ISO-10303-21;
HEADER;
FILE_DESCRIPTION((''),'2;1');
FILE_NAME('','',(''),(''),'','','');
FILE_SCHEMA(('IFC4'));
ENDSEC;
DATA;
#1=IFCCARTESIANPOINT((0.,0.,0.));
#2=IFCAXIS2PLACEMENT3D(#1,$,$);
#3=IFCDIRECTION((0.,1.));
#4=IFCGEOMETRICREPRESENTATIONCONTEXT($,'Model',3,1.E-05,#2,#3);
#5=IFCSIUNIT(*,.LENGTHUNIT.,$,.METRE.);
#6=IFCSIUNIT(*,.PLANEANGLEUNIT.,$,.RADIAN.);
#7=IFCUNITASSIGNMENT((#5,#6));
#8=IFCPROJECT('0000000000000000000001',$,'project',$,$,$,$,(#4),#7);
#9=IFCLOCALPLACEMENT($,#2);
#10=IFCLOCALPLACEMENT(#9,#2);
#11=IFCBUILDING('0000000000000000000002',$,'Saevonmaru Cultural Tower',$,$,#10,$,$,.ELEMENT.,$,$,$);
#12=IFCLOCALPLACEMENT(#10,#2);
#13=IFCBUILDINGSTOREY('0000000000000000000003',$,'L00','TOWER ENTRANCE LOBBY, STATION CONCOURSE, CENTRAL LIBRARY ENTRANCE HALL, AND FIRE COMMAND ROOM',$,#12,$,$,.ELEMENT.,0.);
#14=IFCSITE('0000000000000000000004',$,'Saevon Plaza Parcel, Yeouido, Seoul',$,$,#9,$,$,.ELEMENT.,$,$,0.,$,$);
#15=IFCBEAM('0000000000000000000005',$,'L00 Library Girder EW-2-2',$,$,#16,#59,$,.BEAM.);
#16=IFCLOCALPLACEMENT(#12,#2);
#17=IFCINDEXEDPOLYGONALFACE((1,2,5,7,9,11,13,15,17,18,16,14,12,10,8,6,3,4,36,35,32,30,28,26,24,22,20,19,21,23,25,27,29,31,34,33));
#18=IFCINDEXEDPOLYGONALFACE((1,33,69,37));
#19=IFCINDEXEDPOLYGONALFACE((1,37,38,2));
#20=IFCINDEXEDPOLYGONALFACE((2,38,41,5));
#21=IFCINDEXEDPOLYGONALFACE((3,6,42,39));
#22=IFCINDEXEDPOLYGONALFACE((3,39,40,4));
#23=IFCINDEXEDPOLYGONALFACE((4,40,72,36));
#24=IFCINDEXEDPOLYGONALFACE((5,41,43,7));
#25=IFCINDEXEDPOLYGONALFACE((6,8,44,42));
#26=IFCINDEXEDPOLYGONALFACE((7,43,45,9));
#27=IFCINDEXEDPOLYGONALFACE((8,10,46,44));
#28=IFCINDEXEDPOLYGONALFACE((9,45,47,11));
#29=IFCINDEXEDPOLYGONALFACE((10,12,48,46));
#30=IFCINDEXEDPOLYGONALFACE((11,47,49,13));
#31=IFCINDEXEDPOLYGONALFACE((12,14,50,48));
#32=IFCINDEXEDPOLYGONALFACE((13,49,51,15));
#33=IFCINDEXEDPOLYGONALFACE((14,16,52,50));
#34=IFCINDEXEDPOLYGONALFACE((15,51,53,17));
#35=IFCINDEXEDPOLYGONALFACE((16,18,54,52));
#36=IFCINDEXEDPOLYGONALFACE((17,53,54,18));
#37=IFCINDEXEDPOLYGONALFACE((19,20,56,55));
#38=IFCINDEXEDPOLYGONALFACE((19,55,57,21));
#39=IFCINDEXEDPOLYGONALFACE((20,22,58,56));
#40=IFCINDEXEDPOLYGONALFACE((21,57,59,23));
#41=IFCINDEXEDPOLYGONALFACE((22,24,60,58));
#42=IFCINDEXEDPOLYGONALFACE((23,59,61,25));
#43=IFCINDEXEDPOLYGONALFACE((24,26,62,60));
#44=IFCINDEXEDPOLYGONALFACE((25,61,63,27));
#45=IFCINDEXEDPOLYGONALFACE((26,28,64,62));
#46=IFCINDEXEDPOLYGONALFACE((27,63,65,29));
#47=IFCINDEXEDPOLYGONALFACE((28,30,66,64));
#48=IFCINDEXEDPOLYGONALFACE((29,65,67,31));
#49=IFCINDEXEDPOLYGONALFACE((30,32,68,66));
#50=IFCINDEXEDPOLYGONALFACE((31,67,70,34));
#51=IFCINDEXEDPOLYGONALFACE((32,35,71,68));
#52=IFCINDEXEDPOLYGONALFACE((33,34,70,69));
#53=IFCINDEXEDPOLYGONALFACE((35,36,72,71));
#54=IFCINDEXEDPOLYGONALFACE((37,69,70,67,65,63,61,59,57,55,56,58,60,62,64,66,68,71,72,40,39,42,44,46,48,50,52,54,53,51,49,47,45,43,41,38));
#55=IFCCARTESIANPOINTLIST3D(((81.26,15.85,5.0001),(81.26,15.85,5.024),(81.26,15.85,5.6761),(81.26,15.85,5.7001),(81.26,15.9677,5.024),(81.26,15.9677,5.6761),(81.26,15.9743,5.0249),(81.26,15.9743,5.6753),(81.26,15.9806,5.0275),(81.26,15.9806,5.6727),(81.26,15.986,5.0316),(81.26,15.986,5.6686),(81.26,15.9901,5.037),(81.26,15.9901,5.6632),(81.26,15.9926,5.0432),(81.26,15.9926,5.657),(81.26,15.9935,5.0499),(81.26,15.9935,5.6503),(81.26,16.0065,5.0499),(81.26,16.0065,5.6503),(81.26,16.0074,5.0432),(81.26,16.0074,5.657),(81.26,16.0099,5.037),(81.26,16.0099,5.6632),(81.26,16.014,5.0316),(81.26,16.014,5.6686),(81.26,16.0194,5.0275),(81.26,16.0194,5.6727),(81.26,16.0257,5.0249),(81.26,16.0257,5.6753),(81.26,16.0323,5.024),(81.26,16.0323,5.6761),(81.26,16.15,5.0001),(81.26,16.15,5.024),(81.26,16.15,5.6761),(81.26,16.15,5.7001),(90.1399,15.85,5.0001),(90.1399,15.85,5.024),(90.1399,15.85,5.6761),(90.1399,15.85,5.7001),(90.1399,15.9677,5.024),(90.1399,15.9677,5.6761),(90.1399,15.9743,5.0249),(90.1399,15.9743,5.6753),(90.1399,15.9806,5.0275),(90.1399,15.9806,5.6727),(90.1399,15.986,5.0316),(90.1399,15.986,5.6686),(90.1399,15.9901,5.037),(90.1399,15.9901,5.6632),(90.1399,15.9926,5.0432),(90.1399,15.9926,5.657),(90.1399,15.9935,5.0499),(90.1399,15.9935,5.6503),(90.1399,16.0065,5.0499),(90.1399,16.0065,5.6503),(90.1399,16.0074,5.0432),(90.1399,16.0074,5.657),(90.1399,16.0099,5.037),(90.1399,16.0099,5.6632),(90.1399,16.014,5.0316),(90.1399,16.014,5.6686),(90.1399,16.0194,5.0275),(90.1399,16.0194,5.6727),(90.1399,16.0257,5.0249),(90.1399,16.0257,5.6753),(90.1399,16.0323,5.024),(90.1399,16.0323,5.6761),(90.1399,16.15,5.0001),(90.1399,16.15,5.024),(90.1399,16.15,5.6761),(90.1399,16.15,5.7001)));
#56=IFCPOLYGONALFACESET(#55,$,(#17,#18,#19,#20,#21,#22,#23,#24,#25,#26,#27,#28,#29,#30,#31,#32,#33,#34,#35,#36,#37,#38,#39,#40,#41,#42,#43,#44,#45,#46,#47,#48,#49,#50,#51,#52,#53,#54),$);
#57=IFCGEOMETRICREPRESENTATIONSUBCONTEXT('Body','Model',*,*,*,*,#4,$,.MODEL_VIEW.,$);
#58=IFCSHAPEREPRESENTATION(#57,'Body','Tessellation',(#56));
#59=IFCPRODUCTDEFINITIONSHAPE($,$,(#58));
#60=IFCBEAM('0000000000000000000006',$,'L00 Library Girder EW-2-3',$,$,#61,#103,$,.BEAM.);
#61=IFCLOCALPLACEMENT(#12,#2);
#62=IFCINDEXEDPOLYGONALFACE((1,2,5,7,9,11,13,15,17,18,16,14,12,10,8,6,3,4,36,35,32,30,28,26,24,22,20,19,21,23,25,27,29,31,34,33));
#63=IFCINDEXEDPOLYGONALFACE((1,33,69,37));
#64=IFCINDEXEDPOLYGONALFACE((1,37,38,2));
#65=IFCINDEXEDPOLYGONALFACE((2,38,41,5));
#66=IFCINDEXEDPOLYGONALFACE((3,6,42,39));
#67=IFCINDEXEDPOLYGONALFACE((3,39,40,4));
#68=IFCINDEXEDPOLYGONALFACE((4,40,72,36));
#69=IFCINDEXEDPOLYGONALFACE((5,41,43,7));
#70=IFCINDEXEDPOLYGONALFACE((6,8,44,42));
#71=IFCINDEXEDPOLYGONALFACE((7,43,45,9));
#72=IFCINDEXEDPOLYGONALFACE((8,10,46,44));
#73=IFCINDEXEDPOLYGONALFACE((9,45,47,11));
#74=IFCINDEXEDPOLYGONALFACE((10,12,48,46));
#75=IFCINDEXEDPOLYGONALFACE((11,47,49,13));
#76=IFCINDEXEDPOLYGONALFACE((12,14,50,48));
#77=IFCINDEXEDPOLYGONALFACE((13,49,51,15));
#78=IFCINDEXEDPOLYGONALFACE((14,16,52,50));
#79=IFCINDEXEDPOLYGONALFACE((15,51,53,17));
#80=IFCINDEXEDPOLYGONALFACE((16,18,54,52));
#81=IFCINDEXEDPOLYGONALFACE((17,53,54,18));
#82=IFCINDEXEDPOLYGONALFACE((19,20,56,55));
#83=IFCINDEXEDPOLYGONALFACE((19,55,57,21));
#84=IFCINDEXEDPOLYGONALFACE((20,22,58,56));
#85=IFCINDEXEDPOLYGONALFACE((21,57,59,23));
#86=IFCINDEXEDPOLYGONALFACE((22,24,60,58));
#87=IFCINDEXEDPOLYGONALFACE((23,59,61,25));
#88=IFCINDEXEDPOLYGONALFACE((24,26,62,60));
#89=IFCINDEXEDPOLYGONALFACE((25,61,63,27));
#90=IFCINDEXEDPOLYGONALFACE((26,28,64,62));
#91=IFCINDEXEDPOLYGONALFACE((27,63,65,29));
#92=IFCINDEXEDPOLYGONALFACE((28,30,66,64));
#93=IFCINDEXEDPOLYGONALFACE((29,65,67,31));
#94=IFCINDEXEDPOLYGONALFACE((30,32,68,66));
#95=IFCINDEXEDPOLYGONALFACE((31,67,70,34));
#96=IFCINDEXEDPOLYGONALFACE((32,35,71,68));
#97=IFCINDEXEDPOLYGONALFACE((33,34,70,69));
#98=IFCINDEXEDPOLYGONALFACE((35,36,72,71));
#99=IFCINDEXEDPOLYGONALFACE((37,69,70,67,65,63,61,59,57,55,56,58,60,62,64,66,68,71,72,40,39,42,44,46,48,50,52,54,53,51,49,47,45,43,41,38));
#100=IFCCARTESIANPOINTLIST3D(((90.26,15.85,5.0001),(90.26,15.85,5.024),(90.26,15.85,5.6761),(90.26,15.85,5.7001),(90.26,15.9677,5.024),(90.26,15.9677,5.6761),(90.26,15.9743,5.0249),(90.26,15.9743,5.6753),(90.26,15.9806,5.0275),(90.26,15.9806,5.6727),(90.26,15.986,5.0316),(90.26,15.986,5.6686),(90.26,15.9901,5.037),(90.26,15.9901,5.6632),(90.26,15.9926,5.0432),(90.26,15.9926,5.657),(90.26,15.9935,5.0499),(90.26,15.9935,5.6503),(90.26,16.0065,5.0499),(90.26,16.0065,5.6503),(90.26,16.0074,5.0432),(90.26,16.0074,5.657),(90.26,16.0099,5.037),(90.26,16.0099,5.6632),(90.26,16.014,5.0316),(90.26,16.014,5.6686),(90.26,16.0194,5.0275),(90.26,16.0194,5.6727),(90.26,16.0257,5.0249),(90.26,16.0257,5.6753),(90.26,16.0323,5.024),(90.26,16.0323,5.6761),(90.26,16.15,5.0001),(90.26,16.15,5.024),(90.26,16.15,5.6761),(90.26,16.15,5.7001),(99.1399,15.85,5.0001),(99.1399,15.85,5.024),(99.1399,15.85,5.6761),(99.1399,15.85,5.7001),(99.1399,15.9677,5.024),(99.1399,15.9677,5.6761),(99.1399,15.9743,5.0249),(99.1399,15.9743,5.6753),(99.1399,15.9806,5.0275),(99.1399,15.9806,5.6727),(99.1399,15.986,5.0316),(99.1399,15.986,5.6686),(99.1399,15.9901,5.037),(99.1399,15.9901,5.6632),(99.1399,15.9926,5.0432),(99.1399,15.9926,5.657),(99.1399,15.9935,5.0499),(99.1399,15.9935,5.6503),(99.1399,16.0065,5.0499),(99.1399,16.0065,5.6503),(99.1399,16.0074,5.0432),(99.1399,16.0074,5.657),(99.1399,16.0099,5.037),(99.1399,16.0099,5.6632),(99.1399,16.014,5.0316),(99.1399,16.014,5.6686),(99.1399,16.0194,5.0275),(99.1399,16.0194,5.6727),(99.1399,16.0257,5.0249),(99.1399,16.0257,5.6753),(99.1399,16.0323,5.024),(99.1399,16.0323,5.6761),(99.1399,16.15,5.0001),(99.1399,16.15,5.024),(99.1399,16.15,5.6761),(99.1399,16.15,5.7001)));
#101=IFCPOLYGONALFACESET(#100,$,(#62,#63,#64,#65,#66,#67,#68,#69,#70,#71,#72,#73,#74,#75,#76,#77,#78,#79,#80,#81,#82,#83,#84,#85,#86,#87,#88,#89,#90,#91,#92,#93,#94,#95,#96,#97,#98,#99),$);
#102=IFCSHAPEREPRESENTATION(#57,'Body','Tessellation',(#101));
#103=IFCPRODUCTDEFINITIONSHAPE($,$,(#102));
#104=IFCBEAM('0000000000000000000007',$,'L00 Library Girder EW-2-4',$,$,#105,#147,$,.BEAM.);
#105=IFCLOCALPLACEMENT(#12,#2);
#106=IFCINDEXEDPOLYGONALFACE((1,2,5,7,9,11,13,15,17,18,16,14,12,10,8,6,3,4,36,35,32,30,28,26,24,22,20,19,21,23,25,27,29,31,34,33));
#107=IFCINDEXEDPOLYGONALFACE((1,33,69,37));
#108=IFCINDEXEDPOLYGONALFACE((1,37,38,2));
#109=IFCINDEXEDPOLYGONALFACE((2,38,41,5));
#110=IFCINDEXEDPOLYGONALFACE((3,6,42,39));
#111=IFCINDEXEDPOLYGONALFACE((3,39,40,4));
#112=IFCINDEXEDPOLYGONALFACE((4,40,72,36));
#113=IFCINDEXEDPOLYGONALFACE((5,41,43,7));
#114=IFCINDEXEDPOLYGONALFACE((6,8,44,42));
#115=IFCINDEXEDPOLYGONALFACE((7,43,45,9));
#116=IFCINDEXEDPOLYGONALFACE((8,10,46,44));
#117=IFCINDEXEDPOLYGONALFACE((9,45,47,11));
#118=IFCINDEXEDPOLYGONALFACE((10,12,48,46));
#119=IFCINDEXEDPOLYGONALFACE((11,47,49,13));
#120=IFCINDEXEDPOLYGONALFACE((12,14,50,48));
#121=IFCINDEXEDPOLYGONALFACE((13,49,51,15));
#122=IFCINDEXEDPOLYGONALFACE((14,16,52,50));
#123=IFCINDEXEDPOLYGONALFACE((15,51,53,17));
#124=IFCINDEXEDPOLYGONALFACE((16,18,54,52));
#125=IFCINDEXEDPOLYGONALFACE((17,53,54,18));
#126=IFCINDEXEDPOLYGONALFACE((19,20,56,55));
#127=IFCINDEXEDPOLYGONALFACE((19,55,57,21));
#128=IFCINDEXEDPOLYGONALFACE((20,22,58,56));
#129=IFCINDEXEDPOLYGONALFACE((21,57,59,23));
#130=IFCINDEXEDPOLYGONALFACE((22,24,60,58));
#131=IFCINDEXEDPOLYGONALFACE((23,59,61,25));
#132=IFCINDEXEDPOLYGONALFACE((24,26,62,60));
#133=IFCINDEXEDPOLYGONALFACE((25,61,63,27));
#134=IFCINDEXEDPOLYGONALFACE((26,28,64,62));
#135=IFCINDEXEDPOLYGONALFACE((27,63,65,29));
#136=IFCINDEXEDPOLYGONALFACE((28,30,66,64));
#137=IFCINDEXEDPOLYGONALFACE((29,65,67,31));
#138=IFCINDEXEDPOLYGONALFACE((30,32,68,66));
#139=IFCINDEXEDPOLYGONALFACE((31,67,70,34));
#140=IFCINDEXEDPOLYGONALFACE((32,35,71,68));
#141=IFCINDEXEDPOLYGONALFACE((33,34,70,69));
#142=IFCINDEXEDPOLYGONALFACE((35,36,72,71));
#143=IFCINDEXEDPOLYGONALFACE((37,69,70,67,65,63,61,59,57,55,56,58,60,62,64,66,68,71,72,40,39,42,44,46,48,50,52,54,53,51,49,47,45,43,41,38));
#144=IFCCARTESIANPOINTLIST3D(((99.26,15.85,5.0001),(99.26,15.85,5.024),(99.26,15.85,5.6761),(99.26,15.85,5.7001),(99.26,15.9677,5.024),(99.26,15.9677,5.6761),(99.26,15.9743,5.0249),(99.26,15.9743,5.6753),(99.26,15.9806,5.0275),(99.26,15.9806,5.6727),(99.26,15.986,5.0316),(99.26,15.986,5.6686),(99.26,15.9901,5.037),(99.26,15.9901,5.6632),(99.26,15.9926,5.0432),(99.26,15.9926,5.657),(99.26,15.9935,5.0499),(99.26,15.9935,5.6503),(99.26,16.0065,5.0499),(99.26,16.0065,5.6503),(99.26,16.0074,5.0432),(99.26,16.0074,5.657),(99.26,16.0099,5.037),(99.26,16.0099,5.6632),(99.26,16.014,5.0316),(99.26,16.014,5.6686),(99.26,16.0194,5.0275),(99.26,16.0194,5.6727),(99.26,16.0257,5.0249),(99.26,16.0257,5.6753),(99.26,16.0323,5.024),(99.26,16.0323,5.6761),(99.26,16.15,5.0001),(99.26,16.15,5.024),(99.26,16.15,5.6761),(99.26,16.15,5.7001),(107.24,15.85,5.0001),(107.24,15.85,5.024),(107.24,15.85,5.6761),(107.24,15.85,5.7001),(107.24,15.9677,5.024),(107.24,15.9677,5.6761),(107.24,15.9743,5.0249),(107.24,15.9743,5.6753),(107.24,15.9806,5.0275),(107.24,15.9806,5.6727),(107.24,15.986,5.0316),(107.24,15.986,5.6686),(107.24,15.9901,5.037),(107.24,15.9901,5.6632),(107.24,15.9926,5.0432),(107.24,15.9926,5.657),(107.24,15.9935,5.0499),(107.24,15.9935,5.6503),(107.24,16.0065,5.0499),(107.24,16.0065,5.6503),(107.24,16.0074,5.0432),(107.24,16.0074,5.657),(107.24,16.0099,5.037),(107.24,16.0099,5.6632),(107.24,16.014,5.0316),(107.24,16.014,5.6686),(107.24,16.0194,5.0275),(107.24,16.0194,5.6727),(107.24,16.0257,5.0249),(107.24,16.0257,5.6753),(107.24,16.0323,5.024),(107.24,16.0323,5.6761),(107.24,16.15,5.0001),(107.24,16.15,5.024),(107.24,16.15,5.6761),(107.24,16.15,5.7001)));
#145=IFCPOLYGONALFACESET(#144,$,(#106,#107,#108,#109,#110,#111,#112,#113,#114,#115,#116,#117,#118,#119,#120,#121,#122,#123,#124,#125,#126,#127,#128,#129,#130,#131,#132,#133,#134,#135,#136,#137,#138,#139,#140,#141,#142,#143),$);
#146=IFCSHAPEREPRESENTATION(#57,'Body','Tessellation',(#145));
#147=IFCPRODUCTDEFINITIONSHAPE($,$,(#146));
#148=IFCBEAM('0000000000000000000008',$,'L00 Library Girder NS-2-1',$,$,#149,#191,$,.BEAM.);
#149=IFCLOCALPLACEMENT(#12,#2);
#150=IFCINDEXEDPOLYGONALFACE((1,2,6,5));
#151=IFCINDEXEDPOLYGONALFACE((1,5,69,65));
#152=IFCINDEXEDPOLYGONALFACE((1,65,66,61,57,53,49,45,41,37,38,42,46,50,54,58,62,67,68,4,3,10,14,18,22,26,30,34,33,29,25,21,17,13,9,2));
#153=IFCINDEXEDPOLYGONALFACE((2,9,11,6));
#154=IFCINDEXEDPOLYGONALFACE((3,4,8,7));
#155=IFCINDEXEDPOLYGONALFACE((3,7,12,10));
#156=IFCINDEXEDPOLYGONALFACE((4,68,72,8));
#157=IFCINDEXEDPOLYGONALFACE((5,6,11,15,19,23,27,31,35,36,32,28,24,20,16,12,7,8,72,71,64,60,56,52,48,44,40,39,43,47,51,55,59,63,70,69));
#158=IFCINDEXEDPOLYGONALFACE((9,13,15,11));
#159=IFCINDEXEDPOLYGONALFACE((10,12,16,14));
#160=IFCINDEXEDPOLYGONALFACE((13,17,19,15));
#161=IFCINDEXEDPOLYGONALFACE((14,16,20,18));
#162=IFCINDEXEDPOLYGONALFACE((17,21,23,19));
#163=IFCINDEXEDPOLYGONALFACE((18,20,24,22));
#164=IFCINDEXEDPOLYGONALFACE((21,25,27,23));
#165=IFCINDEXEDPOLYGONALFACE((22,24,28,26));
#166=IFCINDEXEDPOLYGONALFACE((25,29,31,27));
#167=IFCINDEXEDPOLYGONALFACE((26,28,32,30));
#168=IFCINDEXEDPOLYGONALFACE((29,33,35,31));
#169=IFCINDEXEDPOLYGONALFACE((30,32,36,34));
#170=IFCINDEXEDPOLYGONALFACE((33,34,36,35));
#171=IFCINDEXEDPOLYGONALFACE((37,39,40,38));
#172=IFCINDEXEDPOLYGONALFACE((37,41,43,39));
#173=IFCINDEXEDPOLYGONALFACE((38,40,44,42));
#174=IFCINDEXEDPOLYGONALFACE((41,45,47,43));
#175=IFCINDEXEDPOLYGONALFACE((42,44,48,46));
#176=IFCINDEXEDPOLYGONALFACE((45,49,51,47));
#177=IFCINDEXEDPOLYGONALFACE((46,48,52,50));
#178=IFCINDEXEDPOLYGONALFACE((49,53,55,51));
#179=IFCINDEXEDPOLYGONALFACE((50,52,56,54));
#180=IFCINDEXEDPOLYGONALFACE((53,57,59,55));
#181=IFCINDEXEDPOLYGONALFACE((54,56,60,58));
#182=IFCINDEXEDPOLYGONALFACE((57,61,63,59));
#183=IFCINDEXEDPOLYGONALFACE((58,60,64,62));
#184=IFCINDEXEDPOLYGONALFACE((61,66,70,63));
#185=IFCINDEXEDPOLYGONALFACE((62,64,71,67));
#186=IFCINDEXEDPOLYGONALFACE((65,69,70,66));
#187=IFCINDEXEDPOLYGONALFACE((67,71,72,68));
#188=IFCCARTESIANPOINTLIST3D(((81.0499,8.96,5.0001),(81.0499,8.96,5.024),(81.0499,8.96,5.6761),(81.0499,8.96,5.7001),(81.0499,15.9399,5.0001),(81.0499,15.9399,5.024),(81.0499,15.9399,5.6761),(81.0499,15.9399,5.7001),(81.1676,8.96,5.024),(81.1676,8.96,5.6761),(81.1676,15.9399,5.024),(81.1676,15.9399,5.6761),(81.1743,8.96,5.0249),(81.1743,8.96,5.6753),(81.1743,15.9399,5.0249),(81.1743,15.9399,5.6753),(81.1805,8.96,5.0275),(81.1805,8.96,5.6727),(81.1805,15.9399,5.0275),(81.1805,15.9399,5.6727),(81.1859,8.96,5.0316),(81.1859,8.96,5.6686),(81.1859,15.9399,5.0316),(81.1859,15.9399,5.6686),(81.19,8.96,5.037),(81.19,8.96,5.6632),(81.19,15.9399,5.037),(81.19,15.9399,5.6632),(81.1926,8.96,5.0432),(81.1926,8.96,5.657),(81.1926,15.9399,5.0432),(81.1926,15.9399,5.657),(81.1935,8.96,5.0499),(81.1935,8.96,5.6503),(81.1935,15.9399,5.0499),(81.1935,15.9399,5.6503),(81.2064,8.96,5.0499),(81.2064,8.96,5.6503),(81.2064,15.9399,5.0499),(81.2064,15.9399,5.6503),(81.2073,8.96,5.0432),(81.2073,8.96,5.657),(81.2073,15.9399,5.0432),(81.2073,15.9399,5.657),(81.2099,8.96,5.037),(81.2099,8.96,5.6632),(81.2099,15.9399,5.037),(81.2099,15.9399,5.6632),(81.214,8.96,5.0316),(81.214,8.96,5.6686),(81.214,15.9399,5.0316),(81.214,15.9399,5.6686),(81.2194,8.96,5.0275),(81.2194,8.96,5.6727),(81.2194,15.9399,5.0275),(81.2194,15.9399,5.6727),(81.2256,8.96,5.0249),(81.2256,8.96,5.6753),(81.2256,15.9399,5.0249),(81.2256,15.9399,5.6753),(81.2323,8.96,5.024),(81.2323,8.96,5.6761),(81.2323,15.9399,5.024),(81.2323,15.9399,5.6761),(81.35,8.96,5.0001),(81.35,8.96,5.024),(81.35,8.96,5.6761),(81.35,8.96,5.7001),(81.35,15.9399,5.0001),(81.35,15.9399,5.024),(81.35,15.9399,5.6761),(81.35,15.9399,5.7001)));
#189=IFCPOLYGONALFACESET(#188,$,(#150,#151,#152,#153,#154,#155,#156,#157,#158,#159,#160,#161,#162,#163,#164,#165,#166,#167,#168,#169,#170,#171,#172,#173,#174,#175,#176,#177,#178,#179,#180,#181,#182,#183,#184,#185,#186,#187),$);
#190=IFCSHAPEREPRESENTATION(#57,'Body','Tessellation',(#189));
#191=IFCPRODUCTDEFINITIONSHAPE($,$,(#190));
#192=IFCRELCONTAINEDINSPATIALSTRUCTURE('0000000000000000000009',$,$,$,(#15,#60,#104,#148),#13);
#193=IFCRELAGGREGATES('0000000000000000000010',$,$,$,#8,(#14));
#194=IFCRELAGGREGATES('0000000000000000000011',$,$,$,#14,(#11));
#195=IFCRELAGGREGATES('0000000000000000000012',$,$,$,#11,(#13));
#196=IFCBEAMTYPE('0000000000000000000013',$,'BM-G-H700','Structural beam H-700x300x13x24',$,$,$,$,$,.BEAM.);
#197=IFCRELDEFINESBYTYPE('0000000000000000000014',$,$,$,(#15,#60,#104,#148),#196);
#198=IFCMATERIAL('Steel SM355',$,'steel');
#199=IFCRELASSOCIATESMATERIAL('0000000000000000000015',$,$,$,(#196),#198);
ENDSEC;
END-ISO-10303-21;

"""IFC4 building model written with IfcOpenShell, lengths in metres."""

from ifc_helpers import new_model, si_unit, direction, frame, origin, origin_2d, place, context, subcontext, project, spatial, i_section, extrude, material, material_profile, profile_set, type_object, element, save


model = new_model("IFC4")

# Units and contexts
model_context = context("Model", 3, precision=1e-05, world=origin(), true_north=direction((0.0, 1.0)))
body_context = subcontext(model_context, "Body", "Model", "MODEL_VIEW")
ifc_project = project(units=[si_unit("LENGTHUNIT", "METRE"), si_unit("PLANEANGLEUNIT", "RADIAN")], contexts=[model_context])

# Site, building, storey
site_placement = place(None, origin())
site = spatial("IfcSite", under=ifc_project, at=site_placement, Name="Saevon Plaza Parcel, Yeouido, Seoul", CompositionType="ELEMENT", RefElevation=0.0)
building_placement = place(site_placement, origin())
building = spatial("IfcBuilding", under=site, at=building_placement, Name="Saevonmaru Cultural Tower", CompositionType="ELEMENT")
storey_placement = place(building_placement, origin())
storey = spatial("IfcBuildingStorey", under=building, at=storey_placement, Name="L00", Description="TOWER ENTRANCE LOBBY, STATION CONCOURSE, CENTRAL LIBRARY ENTRANCE HALL, AND FIRE COMMAND ROOM", CompositionType="ELEMENT", Elevation=0.0)

# Shared definitions
ifc_material_1 = material(Name="Steel SM355", Category="steel")

# Beams
ifc_material_profile_1 = material_profile(ifc_material_1, i_section(OverallWidth=0.3, OverallDepth=0.7, WebThickness=0.0129, FlangeThickness=0.0239, FilletRadius=0.0259, at=origin_2d()), Name="H-700x300x13x24")
ifc_profile_set_1 = profile_set([ifc_material_profile_1], Name="Steel SM355")
beam_type = type_object("IfcBeamType", Name="BM-G-H700", Description="Structural beam H-700x300x13x24", PredefinedType="BEAM", material=ifc_profile_set_1)
for number, where, z_axis, x_axis, name in (
    (1, (81.26, 16.0, 5.3501), (1.0, 0.0, 0.0), (0.0, 1.0, 0.0), "L00 Library Girder EW-2-2"),
    (2, (90.26, 16.0, 5.3501), (1.0, 0.0, 0.0), (0.0, 1.0, 0.0), "L00 Library Girder EW-2-3"),
):
    element("IfcBeam", number, at=place(storey_placement, frame(where, z_axis=z_axis, x_axis=x_axis)), inside=storey, type_object=beam_type, Name=name, PredefinedType="BEAM", context=body_context, shape_type="SweptSolid", body=[
        extrude(i_section(OverallWidth=0.3, OverallDepth=0.7, WebThickness=0.0129, FlangeThickness=0.0239, FilletRadius=0.0259, at=origin_2d()), origin(), (0.0, 0.0, 1.0), 8.8799),
    ])
beam_1_placement = place(storey_placement, frame((99.26, 16.0, 5.3501), z_axis=(1.0, 0.0, 0.0), x_axis=(0.0, 1.0, 0.0)))
element("IfcBeam", 3, at=beam_1_placement, inside=storey, type_object=beam_type, Name="L00 Library Girder EW-2-4", PredefinedType="BEAM", context=body_context, shape_type="SweptSolid", body=[
    extrude(i_section(OverallWidth=0.3, OverallDepth=0.7, WebThickness=0.0129, FlangeThickness=0.0239, FilletRadius=0.0259, at=origin_2d()), origin(), (0.0, 0.0, 1.0), 7.98),
])
beam_2_placement = place(storey_placement, frame((81.2, 8.96, 5.3501), z_axis=(0.0, 1.0, 0.0), x_axis=(-1.0, 0.0, 0.0)))
element("IfcBeam", 4, at=beam_2_placement, inside=storey, type_object=beam_type, Name="L00 Library Girder NS-2-1", PredefinedType="BEAM", context=body_context, shape_type="SweptSolid", body=[
    extrude(i_section(OverallWidth=0.3, OverallDepth=0.7, WebThickness=0.0129, FlangeThickness=0.0239, FilletRadius=0.0259, at=origin_2d()), origin(), (0.0, 0.0, 1.0), 6.98),
])

save(model, "model.ifc")
